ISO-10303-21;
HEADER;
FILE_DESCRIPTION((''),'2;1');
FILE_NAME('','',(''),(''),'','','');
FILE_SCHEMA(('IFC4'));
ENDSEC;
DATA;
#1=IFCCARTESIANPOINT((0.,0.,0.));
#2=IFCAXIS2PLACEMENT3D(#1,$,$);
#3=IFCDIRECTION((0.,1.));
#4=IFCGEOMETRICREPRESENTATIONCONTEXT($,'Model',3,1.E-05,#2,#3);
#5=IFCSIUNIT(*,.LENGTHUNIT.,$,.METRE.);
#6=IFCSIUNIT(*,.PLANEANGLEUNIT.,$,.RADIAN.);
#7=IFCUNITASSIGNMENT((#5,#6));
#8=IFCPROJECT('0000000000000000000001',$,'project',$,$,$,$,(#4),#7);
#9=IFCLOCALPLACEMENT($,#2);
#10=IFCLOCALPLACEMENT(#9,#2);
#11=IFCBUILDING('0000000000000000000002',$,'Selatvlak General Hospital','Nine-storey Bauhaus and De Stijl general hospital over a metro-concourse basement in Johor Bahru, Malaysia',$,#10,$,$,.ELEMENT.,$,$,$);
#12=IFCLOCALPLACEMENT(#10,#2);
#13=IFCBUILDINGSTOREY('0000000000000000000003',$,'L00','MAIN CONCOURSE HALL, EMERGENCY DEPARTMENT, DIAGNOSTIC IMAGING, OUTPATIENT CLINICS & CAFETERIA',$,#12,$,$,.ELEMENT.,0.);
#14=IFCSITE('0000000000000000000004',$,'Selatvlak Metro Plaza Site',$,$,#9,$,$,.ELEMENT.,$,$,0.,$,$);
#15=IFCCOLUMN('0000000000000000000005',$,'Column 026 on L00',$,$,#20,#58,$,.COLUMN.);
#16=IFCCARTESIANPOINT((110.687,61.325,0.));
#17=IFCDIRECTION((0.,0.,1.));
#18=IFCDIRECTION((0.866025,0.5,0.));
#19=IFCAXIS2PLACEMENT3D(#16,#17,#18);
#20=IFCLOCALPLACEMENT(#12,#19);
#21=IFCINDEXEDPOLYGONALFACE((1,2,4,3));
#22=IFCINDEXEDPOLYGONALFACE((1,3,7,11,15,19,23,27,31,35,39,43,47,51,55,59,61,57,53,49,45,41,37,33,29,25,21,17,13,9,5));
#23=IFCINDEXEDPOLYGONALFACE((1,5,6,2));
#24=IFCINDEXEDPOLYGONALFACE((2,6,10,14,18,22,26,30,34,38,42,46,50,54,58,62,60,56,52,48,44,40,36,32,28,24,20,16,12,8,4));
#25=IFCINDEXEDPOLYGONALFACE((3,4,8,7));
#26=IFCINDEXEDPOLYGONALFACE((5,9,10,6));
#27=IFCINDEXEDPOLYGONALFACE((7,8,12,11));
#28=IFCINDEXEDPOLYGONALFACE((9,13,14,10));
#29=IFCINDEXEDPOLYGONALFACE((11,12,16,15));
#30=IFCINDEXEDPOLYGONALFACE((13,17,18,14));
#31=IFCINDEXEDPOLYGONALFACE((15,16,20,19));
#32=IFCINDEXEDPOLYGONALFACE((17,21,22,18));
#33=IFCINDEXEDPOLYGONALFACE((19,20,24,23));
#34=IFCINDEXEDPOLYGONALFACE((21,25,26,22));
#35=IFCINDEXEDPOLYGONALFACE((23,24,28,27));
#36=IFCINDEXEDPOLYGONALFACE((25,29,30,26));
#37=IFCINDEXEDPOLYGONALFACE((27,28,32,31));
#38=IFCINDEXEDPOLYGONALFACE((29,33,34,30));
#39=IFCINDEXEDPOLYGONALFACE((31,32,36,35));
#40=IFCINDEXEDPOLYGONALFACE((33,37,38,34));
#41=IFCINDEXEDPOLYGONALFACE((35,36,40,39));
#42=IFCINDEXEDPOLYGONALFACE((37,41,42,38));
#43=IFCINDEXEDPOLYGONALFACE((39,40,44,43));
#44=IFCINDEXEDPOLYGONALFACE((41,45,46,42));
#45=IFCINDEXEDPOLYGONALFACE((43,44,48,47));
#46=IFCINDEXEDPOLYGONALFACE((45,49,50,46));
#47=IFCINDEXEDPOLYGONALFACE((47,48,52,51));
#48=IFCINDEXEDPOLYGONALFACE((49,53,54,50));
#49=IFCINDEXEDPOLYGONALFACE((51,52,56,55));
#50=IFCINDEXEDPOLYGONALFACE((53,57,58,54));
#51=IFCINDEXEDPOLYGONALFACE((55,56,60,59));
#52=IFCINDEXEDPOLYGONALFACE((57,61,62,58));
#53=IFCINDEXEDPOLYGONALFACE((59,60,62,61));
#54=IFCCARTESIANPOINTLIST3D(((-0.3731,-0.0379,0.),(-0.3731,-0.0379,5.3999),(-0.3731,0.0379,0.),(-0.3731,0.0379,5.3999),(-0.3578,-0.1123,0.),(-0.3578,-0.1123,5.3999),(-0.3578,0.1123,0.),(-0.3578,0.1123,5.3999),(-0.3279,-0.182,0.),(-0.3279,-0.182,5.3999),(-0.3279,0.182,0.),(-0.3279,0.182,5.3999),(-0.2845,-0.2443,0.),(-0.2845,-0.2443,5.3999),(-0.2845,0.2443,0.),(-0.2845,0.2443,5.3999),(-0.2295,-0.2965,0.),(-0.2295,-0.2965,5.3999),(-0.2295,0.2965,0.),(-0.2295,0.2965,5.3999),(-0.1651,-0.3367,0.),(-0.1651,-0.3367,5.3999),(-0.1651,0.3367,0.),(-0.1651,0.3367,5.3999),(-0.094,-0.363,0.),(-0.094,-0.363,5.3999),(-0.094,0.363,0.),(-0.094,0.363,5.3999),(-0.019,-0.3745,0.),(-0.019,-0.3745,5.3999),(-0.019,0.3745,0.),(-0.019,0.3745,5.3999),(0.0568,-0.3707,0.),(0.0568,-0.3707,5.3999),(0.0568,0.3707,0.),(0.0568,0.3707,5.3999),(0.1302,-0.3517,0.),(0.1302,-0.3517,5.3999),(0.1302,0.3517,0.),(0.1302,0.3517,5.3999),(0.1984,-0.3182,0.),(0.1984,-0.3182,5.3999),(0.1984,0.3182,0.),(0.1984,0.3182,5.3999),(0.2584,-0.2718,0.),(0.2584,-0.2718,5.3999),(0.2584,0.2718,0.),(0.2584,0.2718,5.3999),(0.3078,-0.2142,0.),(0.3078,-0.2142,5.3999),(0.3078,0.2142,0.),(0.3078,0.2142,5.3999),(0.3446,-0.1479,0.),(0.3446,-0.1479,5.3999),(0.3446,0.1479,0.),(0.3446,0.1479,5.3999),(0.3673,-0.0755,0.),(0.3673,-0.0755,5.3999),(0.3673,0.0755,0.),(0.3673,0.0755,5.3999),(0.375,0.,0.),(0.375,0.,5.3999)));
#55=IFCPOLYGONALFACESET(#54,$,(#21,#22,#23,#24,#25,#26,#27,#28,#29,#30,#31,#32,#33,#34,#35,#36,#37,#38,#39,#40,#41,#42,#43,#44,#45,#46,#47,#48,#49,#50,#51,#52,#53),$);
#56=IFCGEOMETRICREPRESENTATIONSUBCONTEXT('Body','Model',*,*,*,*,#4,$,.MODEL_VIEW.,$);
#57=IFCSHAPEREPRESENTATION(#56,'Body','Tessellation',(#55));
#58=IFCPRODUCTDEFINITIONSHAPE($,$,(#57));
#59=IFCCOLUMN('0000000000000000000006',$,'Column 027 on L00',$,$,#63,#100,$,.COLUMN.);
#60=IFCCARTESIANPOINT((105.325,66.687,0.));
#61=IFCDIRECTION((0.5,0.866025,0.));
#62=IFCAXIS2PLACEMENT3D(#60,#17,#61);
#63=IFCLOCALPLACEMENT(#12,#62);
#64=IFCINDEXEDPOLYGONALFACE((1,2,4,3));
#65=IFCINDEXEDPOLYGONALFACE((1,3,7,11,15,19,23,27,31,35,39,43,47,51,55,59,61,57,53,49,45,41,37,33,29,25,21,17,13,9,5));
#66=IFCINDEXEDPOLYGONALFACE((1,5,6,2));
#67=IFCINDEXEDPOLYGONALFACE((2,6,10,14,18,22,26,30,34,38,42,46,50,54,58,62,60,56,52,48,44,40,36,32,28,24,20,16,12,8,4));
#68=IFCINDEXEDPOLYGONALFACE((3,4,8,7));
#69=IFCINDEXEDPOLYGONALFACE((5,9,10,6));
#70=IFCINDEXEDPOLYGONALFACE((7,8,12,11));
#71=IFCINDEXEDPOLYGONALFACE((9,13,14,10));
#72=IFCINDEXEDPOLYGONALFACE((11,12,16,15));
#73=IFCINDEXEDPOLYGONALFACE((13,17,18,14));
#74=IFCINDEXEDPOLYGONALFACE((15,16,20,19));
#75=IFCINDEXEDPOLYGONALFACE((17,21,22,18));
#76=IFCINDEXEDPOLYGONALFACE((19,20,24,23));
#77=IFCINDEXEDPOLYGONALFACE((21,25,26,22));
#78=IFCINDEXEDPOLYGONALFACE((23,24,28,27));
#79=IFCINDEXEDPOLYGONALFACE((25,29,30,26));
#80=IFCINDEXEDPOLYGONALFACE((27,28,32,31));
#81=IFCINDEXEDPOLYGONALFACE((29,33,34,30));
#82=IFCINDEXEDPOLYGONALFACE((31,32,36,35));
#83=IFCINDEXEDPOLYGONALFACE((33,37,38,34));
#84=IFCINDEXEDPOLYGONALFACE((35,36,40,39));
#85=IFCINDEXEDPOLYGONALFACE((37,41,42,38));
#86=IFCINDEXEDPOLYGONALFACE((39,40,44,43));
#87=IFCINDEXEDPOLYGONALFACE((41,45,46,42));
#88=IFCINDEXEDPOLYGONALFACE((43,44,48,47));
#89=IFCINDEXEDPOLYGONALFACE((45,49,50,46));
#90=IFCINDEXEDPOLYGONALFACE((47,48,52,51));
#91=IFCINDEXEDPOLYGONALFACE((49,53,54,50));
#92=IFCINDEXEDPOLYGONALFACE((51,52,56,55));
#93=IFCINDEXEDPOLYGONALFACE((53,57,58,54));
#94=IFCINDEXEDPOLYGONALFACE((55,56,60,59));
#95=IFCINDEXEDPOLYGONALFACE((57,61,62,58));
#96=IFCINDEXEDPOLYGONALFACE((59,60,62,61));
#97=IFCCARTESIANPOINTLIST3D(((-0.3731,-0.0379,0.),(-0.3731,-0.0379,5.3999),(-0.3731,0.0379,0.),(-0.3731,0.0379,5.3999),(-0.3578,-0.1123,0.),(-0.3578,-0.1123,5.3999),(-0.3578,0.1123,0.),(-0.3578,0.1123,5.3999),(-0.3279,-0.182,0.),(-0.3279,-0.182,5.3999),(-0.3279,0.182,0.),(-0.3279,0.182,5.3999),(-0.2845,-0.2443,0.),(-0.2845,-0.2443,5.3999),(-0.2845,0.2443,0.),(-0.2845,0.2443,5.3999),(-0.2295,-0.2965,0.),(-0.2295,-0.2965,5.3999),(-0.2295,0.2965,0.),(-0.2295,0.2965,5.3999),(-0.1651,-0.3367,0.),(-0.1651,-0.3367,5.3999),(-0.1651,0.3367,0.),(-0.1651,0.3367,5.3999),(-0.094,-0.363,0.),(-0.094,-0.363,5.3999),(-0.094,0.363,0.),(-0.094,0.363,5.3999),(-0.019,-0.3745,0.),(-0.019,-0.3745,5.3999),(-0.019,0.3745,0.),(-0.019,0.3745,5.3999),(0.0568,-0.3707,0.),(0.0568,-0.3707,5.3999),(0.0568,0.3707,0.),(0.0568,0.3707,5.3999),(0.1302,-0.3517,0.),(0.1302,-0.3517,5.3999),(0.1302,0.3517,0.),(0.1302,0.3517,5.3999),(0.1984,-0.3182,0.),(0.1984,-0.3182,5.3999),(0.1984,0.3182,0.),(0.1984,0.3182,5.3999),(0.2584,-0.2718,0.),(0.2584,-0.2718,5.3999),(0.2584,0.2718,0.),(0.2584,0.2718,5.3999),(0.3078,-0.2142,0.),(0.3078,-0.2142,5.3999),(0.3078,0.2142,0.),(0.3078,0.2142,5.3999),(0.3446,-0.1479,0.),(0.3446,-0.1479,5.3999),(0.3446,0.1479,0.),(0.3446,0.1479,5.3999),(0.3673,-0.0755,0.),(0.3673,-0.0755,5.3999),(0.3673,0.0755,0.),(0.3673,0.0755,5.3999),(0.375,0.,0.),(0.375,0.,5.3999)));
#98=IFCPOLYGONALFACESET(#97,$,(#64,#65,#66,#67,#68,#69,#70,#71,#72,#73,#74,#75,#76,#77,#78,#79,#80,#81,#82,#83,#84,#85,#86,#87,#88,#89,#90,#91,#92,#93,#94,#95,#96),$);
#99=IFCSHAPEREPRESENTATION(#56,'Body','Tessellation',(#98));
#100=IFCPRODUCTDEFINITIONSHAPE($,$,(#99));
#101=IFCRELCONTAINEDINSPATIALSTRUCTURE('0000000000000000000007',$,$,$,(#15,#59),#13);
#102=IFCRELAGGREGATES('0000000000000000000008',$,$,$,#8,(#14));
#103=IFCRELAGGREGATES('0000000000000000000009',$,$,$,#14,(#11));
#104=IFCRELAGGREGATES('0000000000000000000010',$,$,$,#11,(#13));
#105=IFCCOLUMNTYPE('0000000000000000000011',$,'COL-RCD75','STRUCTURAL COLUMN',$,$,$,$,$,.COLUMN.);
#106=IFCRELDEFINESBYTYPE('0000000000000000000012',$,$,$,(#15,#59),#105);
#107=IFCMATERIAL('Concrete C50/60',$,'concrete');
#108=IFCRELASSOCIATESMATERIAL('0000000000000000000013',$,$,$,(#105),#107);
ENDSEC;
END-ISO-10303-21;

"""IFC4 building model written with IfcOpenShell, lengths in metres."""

from ifc_helpers import new_model, si_unit, direction, frame, origin, origin_2d, place, context, subcontext, project, spatial, circle, extrude, material, material_profile, profile_set, type_object, element, save


model = new_model("IFC4")

# Units and contexts
model_context = context("Model", 3, precision=1e-05, world=origin(), true_north=direction((0.0, 1.0)))
body_context = subcontext(model_context, "Body", "Model", "MODEL_VIEW")
ifc_project = project(units=[si_unit("LENGTHUNIT", "METRE"), si_unit("PLANEANGLEUNIT", "RADIAN")], contexts=[model_context])

# Site, building, storey
site_placement = place(None, origin())
site = spatial("IfcSite", under=ifc_project, at=site_placement, Name="Selatvlak Metro Plaza Site", CompositionType="ELEMENT", RefElevation=0.0)
building_placement = place(site_placement, origin())
building = spatial("IfcBuilding", under=site, at=building_placement, Name="Selatvlak General Hospital", Description="Nine-storey Bauhaus and De Stijl general hospital over a metro-concourse basement in Johor Bahru, Malaysia", CompositionType="ELEMENT")
storey_placement = place(building_placement, origin())
storey = spatial("IfcBuildingStorey", under=building, at=storey_placement, Name="L00", Description="MAIN CONCOURSE HALL, EMERGENCY DEPARTMENT, DIAGNOSTIC IMAGING, OUTPATIENT CLINICS & CAFETERIA", CompositionType="ELEMENT", Elevation=0.0)

# Columns
ifc_material_1 = material(Name="Concrete C50/60", Category="concrete")
ifc_material_profile_1 = material_profile(ifc_material_1, circle(Radius=0.375, at=origin_2d()), Name="RC-COL D750")
ifc_profile_set_1 = profile_set([ifc_material_profile_1], Name="Concrete C50/60")
column_type_1 = type_object("IfcColumnType", Name="COL-RCD75", Description="STRUCTURAL COLUMN", PredefinedType="COLUMN", material=ifc_profile_set_1)
for number, where, z_axis, x_axis, name in (
    (1, (110.687, 61.325, 0.0), (0.0, 0.0, 1.0), (0.866025, 0.5, 0.0), "Column 026 on L00"),
    (2, (105.325, 66.687, 0.0), (0.0, 0.0, 1.0), (0.5, 0.866025, 0.0), "Column 027 on L00"),
):
    element("IfcColumn", number, at=place(storey_placement, frame(where, z_axis=z_axis, x_axis=x_axis)), inside=storey, type_object=column_type_1, Name=name, PredefinedType="COLUMN", context=body_context, shape_type="SweptSolid", body=[
        extrude(circle(Radius=0.375, at=origin_2d()), origin(), (0.0, 0.0, 1.0), 5.3999),
    ])

save(model, "model.ifc")
